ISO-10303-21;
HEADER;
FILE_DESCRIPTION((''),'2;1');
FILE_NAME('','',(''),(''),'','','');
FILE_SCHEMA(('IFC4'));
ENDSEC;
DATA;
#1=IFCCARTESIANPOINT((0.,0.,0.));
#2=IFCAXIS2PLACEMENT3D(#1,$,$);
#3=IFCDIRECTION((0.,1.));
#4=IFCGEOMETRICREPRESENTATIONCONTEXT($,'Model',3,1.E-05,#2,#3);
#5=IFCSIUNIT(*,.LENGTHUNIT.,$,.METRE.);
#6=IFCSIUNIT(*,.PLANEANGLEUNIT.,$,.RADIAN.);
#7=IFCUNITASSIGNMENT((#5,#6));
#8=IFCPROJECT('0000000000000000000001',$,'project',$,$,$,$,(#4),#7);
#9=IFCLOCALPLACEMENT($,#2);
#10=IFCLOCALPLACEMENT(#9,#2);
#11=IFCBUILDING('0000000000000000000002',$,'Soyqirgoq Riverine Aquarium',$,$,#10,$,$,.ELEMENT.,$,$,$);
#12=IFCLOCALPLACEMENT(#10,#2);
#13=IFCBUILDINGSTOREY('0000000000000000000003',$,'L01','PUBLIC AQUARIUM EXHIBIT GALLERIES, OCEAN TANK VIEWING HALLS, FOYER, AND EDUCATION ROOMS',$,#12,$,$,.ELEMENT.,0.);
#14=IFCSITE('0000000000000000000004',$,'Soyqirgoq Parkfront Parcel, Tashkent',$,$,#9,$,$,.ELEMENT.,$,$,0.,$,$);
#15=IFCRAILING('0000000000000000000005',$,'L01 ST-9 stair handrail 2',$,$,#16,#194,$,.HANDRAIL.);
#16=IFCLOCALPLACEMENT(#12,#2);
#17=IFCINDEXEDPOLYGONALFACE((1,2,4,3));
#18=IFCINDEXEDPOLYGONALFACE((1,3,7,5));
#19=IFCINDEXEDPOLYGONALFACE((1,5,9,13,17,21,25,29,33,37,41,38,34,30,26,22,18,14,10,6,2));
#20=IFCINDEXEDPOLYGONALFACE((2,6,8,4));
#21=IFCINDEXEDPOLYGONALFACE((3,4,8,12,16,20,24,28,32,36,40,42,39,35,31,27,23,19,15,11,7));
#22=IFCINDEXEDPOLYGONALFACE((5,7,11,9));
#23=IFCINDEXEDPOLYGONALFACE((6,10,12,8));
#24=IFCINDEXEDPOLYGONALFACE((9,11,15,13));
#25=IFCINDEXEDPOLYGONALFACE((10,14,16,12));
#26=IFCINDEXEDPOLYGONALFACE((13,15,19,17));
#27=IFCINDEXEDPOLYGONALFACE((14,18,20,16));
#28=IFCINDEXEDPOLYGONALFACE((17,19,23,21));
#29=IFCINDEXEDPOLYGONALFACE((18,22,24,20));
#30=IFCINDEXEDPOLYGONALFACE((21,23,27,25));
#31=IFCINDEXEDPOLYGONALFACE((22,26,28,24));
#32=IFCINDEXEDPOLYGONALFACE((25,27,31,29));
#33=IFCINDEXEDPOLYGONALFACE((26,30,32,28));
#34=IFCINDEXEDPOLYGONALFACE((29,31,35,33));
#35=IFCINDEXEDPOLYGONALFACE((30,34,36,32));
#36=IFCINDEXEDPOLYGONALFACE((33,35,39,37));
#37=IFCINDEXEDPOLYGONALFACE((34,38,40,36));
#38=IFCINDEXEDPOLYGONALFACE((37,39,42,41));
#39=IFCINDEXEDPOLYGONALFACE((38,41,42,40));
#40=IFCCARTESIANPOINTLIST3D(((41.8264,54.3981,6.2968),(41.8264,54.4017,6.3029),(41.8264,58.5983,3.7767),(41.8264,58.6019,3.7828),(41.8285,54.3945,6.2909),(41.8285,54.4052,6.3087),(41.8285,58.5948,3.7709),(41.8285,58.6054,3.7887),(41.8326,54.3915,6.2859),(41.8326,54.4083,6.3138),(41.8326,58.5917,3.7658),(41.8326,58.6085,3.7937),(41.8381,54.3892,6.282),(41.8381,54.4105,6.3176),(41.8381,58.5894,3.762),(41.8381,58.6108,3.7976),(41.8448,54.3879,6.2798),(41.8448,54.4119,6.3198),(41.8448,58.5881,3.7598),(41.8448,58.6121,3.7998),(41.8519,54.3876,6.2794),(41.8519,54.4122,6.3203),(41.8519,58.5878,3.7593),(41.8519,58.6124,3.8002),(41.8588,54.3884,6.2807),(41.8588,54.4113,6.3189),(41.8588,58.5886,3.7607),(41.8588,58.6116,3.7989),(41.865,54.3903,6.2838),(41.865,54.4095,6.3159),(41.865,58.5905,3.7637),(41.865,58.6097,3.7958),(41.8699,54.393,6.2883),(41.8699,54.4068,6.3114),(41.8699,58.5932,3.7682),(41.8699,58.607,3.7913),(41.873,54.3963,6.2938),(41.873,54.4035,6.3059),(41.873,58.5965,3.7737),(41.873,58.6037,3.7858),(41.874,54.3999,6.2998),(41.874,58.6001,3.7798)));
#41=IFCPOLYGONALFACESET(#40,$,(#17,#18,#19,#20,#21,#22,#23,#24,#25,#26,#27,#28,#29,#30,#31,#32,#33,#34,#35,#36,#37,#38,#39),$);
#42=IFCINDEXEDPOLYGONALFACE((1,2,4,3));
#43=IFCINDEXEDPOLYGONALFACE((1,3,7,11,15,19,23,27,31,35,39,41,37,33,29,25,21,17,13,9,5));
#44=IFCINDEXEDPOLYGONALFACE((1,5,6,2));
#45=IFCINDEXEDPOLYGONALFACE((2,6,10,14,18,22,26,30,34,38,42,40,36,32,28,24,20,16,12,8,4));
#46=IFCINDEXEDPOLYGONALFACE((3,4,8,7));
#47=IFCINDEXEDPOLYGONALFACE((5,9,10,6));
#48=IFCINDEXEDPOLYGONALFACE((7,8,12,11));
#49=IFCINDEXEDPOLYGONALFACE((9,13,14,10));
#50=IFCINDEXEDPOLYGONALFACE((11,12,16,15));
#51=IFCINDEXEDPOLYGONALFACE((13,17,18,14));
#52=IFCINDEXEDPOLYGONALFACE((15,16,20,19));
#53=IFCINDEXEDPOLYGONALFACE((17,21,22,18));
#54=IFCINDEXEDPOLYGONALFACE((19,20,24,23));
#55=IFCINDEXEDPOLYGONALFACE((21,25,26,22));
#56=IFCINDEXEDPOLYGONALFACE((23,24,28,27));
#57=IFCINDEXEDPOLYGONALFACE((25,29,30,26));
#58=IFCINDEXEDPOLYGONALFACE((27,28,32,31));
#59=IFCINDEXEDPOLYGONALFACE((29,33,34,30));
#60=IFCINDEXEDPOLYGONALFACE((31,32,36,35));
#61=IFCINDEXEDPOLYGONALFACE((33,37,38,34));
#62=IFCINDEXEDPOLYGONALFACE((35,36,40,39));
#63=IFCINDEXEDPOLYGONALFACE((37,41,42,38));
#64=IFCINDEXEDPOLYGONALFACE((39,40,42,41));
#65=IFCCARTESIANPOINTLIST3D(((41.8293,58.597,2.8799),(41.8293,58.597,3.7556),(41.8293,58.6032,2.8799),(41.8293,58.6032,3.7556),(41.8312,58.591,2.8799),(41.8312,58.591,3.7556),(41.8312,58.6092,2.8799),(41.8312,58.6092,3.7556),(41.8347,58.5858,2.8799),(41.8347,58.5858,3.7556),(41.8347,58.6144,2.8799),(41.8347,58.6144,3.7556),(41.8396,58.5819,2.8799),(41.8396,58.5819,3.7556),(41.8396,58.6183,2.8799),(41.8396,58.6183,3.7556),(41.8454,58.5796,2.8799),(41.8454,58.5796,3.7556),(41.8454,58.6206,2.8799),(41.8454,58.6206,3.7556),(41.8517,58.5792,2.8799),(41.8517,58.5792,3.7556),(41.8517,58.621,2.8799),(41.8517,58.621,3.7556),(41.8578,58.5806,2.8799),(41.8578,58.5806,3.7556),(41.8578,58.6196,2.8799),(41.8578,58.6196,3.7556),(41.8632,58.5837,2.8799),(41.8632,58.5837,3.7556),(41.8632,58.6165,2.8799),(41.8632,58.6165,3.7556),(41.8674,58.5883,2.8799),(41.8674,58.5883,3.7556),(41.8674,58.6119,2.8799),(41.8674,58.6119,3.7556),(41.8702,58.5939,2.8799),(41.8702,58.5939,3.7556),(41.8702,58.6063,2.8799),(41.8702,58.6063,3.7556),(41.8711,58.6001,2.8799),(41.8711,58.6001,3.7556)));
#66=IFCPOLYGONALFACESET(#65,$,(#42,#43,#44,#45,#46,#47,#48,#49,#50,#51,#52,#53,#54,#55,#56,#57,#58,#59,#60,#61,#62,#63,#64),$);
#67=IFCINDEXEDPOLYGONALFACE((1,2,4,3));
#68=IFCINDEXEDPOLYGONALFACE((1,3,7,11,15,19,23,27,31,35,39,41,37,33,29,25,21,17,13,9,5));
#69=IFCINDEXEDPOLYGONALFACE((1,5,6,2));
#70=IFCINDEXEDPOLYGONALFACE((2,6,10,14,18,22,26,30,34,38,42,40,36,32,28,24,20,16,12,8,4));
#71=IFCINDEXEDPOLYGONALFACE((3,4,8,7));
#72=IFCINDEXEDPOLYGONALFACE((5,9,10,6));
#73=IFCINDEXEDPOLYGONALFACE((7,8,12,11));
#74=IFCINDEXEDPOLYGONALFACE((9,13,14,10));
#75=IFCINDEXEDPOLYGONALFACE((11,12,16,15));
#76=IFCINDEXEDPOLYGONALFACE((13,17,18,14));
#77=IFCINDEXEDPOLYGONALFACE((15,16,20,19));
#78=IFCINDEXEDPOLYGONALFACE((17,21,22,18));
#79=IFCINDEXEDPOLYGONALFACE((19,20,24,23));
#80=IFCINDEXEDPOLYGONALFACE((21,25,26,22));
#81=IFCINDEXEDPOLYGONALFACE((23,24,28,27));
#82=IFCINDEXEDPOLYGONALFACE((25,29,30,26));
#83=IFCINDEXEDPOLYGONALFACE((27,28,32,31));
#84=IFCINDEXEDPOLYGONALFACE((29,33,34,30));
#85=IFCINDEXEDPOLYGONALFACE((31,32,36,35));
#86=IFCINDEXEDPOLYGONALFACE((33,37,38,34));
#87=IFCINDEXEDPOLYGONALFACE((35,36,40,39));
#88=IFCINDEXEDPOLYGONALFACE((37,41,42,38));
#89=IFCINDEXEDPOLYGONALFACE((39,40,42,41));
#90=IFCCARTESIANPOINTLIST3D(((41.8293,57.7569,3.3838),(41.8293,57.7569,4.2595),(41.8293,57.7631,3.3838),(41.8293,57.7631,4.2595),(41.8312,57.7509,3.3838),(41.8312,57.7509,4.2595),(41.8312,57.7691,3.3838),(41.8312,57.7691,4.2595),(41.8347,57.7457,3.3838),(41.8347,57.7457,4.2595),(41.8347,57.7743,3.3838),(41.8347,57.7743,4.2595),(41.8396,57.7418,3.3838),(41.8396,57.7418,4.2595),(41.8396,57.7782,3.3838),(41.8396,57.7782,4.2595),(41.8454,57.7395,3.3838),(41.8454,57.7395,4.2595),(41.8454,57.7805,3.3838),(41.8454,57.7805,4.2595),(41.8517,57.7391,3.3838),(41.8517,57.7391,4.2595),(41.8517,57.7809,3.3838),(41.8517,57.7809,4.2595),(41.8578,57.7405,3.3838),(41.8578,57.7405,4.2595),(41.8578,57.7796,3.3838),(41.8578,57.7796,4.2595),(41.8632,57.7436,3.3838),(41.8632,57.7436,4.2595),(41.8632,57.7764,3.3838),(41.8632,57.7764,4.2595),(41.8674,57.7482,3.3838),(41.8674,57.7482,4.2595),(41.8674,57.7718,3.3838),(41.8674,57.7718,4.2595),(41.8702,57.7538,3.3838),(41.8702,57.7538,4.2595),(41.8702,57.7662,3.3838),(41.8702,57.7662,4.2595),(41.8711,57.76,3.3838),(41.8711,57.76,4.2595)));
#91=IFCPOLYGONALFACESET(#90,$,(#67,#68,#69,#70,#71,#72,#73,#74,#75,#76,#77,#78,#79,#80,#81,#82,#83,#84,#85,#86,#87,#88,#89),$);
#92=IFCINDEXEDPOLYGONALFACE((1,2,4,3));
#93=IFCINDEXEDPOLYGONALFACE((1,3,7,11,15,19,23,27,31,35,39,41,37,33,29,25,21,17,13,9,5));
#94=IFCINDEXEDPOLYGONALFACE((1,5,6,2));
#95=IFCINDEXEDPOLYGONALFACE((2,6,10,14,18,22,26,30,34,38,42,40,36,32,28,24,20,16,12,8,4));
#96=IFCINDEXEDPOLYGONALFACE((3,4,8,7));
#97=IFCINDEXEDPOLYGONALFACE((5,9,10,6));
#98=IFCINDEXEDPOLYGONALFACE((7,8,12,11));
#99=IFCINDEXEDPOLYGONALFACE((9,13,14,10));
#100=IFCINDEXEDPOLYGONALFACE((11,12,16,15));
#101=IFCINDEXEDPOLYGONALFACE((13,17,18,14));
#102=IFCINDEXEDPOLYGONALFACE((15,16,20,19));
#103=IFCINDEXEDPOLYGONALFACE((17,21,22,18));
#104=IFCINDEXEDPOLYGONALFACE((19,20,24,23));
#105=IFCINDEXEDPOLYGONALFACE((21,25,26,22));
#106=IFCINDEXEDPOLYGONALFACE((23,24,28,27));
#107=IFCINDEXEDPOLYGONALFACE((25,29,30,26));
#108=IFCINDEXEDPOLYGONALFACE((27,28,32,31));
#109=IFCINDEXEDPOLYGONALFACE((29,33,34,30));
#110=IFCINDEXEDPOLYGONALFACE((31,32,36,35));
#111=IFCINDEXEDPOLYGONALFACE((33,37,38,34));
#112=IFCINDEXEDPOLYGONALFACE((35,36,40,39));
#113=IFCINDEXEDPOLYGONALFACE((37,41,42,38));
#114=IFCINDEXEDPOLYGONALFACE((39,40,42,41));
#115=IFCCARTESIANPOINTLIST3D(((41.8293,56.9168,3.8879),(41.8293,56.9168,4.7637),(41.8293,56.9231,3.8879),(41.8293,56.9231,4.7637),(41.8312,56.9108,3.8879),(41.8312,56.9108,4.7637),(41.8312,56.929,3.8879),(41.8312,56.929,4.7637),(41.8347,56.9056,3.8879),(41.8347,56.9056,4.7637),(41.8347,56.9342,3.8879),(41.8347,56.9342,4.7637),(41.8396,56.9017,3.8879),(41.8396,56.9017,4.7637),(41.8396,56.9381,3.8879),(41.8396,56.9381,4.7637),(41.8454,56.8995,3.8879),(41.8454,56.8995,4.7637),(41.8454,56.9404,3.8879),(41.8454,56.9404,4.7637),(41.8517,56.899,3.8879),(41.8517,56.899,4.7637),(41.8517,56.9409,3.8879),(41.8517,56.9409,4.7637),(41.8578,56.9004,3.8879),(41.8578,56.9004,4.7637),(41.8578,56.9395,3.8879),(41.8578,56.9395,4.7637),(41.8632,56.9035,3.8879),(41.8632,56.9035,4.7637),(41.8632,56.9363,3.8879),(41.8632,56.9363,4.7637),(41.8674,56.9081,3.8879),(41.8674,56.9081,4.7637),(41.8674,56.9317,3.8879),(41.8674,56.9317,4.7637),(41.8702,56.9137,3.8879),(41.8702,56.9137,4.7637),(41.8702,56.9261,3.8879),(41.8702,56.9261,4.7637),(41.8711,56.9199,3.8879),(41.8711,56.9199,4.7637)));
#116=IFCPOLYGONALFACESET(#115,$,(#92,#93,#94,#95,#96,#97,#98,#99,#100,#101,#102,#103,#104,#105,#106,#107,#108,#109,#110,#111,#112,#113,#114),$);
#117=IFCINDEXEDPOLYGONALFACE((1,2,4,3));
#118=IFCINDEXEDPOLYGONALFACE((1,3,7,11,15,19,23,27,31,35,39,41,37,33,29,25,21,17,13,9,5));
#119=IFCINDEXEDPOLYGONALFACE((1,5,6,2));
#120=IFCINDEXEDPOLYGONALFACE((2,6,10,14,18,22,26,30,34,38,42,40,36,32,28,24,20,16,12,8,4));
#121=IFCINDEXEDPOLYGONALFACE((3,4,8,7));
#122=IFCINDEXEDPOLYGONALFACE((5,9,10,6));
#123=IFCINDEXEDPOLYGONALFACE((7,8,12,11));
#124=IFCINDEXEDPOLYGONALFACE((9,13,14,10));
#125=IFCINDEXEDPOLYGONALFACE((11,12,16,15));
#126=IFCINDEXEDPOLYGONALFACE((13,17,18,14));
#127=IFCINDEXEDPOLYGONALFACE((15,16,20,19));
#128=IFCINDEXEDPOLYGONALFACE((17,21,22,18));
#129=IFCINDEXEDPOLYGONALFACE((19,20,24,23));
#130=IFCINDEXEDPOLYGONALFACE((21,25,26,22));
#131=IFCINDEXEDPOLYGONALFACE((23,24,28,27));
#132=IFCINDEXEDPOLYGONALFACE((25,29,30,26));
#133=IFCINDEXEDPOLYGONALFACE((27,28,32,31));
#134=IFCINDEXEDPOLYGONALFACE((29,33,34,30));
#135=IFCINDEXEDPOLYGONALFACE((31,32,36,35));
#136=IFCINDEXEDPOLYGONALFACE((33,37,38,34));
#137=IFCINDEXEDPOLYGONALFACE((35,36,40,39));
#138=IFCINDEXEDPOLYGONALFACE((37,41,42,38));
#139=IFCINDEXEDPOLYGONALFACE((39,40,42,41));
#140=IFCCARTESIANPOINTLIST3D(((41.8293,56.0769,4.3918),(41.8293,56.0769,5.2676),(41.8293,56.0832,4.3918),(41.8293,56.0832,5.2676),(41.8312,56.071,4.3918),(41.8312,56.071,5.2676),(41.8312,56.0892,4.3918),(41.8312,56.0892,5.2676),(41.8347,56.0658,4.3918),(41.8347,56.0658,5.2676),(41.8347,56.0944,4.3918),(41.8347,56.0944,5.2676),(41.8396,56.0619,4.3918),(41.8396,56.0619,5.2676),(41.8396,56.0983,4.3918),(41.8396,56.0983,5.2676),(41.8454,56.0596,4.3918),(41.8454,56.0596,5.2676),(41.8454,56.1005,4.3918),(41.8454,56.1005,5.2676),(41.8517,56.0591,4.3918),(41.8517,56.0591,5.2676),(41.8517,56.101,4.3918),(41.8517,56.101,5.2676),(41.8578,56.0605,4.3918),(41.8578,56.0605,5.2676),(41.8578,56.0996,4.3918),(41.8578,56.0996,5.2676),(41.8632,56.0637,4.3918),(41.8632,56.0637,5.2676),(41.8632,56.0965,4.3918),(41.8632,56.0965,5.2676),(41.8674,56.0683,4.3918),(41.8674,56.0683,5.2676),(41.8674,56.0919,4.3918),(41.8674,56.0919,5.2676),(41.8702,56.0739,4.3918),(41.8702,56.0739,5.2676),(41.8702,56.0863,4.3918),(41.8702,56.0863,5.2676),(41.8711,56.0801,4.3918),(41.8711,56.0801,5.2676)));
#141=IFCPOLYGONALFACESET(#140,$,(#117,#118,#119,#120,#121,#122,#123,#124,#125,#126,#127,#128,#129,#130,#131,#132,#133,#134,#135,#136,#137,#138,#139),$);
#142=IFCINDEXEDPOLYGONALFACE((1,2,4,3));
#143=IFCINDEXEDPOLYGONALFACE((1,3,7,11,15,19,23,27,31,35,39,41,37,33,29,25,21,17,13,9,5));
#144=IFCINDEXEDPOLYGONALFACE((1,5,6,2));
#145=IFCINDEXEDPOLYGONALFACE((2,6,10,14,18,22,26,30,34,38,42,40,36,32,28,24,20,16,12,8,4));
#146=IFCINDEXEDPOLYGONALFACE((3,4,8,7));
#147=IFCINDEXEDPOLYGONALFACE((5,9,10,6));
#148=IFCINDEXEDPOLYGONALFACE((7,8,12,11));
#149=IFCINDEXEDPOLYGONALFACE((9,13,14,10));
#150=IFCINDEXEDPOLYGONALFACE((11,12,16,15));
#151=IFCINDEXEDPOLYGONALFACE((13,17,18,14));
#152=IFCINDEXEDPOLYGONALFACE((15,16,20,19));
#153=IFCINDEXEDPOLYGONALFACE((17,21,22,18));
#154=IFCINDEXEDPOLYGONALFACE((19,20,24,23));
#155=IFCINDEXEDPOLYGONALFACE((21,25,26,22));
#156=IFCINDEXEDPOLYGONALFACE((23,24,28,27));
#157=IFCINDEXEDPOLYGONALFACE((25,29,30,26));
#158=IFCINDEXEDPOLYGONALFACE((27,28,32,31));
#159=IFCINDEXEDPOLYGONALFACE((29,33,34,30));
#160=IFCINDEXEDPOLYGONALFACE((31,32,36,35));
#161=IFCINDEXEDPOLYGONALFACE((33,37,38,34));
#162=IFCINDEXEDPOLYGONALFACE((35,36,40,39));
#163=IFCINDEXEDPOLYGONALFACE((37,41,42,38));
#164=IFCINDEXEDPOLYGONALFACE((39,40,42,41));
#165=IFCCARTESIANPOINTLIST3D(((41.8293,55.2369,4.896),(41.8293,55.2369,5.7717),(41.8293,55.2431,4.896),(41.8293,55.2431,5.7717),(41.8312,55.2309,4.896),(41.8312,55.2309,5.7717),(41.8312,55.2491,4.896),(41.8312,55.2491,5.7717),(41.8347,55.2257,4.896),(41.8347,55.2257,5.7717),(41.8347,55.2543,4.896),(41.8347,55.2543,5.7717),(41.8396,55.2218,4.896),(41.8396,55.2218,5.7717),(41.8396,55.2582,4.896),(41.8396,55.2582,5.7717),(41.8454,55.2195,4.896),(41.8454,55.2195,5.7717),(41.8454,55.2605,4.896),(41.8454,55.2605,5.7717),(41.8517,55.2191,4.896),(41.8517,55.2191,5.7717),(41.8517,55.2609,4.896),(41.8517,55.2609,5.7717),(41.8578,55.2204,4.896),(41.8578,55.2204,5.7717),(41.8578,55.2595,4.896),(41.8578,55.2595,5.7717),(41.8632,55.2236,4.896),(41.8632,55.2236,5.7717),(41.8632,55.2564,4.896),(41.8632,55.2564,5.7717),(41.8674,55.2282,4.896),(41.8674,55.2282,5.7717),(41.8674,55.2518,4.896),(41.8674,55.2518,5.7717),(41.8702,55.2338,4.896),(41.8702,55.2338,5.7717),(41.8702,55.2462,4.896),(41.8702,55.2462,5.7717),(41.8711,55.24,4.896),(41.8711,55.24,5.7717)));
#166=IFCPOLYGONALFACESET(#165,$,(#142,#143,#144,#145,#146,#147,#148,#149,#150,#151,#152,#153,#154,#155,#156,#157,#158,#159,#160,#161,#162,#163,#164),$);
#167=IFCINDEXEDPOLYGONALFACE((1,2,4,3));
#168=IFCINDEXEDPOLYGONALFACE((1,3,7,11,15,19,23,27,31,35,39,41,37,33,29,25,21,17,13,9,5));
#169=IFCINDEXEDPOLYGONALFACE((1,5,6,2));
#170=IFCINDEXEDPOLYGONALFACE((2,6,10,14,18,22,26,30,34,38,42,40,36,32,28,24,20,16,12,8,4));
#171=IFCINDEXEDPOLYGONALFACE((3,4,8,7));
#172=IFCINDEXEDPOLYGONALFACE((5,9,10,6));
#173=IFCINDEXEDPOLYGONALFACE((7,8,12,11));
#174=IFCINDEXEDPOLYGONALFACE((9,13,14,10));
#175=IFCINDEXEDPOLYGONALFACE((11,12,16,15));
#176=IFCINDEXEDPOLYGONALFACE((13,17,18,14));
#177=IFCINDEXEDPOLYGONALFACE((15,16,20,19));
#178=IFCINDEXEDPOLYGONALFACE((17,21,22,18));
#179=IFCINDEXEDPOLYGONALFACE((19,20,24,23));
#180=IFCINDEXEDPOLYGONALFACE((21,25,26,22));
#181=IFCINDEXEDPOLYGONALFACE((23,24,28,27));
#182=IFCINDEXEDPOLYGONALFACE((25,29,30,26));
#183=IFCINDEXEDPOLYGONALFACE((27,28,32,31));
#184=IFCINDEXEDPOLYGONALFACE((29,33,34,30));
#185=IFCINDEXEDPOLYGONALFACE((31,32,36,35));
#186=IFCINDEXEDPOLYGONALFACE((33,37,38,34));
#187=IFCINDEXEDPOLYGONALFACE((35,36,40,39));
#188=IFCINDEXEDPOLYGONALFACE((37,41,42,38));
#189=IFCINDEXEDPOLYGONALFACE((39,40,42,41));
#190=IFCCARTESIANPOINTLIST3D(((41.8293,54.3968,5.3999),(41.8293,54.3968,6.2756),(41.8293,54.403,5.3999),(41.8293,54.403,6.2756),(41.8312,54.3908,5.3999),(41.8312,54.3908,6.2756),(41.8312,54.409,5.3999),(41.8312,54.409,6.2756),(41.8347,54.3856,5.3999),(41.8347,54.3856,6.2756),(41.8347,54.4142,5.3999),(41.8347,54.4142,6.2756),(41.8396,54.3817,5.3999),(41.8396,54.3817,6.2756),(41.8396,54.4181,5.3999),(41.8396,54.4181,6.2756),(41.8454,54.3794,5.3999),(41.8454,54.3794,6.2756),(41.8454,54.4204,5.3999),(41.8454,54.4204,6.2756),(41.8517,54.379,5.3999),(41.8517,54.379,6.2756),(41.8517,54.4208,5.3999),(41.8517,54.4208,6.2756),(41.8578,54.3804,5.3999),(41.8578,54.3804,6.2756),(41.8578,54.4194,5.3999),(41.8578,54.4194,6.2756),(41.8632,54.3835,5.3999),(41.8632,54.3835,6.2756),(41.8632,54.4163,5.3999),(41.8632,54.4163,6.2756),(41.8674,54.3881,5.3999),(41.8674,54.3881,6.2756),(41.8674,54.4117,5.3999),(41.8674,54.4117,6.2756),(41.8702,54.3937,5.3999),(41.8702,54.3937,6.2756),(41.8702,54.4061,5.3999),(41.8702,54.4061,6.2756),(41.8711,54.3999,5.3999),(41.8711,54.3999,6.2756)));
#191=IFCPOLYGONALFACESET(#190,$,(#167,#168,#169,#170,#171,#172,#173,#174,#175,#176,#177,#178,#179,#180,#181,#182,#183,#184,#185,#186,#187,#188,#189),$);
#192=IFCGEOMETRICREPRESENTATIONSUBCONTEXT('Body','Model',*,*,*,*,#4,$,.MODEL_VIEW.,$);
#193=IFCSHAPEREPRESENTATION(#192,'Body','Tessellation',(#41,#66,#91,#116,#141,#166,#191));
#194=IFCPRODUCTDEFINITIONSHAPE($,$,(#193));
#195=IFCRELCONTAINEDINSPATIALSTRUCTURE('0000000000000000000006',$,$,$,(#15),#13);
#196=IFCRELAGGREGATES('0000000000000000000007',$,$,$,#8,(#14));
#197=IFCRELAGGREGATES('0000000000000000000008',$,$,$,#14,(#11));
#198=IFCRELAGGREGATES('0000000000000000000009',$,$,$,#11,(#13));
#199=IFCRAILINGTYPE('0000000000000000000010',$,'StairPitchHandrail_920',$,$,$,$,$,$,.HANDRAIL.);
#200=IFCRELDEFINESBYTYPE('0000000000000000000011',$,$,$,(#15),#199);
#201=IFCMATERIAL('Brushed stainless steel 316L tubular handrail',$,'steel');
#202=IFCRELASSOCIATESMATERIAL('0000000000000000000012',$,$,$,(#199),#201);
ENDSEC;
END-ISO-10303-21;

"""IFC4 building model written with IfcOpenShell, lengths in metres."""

from ifc_helpers import new_model, si_unit, direction, frame, origin, origin_2d, place, context, subcontext, project, spatial, circle, extrude, material, type_object, element, save


model = new_model("IFC4")

# Units and contexts
model_context = context("Model", 3, precision=1e-05, world=origin(), true_north=direction((0.0, 1.0)))
body_context = subcontext(model_context, "Body", "Model", "MODEL_VIEW")
ifc_project = project(units=[si_unit("LENGTHUNIT", "METRE"), si_unit("PLANEANGLEUNIT", "RADIAN")], contexts=[model_context])

# Site, building, storey
site_placement = place(None, origin())
site = spatial("IfcSite", under=ifc_project, at=site_placement, Name="Soyqirgoq Parkfront Parcel, Tashkent", CompositionType="ELEMENT", RefElevation=0.0)
building_placement = place(site_placement, origin())
building = spatial("IfcBuilding", under=site, at=building_placement, Name="Soyqirgoq Riverine Aquarium", CompositionType="ELEMENT")
storey_placement = place(building_placement, origin())
storey = spatial("IfcBuildingStorey", under=building, at=storey_placement, Name="L01", Description="PUBLIC AQUARIUM EXHIBIT GALLERIES, OCEAN TANK VIEWING HALLS, FOYER, AND EDUCATION ROOMS", CompositionType="ELEMENT", Elevation=0.0)

# Railing
ifc_material_1 = material(Name="Brushed stainless steel 316L tubular handrail", Category="steel")
railing_type_1 = type_object("IfcRailingType", Name="StairPitchHandrail_920", PredefinedType="HANDRAIL", material=ifc_material_1)
railing_1_placement = place(storey_placement, frame((41.8501, 58.6001, 2.8799)))
element("IfcRailing", 1, at=railing_1_placement, inside=storey, type_object=railing_type_1, Name="L01 ST-9 stair handrail 2", PredefinedType="HANDRAIL", context=body_context, shape_type="SweptSolid", body=[
    extrude(circle(Radius=0.0239, at=origin_2d()), frame((0.0, 0.0, 0.8999), z_axis=(0.0, -0.857502, 0.514481), x_axis=(1.0, 0.0, 0.0)), (0.0, 0.0, 1.0), 4.8982),
    extrude(circle(Radius=0.021, at=origin_2d()), origin(), (0.0, 0.0, 1.0), 0.8757),
    extrude(circle(Radius=0.021, at=origin_2d()), frame((0.0, -0.8401, 0.5039)), (0.0, 0.0, 1.0), 0.8757),
    extrude(circle(Radius=0.021, at=origin_2d()), frame((0.0, -1.6802, 1.0081)), (0.0, 0.0, 1.0), 0.8757),
    extrude(circle(Radius=0.021, at=origin_2d()), frame((0.0, -2.52, 1.512)), (0.0, 0.0, 1.0), 0.8757),
    extrude(circle(Radius=0.021, at=origin_2d()), frame((0.0, -3.3601, 2.0161)), (0.0, 0.0, 1.0), 0.8757),
    extrude(circle(Radius=0.021, at=origin_2d()), frame((0.0, -4.2002, 2.52)), (0.0, 0.0, 1.0), 0.8757),
])

save(model, "model.ifc")
